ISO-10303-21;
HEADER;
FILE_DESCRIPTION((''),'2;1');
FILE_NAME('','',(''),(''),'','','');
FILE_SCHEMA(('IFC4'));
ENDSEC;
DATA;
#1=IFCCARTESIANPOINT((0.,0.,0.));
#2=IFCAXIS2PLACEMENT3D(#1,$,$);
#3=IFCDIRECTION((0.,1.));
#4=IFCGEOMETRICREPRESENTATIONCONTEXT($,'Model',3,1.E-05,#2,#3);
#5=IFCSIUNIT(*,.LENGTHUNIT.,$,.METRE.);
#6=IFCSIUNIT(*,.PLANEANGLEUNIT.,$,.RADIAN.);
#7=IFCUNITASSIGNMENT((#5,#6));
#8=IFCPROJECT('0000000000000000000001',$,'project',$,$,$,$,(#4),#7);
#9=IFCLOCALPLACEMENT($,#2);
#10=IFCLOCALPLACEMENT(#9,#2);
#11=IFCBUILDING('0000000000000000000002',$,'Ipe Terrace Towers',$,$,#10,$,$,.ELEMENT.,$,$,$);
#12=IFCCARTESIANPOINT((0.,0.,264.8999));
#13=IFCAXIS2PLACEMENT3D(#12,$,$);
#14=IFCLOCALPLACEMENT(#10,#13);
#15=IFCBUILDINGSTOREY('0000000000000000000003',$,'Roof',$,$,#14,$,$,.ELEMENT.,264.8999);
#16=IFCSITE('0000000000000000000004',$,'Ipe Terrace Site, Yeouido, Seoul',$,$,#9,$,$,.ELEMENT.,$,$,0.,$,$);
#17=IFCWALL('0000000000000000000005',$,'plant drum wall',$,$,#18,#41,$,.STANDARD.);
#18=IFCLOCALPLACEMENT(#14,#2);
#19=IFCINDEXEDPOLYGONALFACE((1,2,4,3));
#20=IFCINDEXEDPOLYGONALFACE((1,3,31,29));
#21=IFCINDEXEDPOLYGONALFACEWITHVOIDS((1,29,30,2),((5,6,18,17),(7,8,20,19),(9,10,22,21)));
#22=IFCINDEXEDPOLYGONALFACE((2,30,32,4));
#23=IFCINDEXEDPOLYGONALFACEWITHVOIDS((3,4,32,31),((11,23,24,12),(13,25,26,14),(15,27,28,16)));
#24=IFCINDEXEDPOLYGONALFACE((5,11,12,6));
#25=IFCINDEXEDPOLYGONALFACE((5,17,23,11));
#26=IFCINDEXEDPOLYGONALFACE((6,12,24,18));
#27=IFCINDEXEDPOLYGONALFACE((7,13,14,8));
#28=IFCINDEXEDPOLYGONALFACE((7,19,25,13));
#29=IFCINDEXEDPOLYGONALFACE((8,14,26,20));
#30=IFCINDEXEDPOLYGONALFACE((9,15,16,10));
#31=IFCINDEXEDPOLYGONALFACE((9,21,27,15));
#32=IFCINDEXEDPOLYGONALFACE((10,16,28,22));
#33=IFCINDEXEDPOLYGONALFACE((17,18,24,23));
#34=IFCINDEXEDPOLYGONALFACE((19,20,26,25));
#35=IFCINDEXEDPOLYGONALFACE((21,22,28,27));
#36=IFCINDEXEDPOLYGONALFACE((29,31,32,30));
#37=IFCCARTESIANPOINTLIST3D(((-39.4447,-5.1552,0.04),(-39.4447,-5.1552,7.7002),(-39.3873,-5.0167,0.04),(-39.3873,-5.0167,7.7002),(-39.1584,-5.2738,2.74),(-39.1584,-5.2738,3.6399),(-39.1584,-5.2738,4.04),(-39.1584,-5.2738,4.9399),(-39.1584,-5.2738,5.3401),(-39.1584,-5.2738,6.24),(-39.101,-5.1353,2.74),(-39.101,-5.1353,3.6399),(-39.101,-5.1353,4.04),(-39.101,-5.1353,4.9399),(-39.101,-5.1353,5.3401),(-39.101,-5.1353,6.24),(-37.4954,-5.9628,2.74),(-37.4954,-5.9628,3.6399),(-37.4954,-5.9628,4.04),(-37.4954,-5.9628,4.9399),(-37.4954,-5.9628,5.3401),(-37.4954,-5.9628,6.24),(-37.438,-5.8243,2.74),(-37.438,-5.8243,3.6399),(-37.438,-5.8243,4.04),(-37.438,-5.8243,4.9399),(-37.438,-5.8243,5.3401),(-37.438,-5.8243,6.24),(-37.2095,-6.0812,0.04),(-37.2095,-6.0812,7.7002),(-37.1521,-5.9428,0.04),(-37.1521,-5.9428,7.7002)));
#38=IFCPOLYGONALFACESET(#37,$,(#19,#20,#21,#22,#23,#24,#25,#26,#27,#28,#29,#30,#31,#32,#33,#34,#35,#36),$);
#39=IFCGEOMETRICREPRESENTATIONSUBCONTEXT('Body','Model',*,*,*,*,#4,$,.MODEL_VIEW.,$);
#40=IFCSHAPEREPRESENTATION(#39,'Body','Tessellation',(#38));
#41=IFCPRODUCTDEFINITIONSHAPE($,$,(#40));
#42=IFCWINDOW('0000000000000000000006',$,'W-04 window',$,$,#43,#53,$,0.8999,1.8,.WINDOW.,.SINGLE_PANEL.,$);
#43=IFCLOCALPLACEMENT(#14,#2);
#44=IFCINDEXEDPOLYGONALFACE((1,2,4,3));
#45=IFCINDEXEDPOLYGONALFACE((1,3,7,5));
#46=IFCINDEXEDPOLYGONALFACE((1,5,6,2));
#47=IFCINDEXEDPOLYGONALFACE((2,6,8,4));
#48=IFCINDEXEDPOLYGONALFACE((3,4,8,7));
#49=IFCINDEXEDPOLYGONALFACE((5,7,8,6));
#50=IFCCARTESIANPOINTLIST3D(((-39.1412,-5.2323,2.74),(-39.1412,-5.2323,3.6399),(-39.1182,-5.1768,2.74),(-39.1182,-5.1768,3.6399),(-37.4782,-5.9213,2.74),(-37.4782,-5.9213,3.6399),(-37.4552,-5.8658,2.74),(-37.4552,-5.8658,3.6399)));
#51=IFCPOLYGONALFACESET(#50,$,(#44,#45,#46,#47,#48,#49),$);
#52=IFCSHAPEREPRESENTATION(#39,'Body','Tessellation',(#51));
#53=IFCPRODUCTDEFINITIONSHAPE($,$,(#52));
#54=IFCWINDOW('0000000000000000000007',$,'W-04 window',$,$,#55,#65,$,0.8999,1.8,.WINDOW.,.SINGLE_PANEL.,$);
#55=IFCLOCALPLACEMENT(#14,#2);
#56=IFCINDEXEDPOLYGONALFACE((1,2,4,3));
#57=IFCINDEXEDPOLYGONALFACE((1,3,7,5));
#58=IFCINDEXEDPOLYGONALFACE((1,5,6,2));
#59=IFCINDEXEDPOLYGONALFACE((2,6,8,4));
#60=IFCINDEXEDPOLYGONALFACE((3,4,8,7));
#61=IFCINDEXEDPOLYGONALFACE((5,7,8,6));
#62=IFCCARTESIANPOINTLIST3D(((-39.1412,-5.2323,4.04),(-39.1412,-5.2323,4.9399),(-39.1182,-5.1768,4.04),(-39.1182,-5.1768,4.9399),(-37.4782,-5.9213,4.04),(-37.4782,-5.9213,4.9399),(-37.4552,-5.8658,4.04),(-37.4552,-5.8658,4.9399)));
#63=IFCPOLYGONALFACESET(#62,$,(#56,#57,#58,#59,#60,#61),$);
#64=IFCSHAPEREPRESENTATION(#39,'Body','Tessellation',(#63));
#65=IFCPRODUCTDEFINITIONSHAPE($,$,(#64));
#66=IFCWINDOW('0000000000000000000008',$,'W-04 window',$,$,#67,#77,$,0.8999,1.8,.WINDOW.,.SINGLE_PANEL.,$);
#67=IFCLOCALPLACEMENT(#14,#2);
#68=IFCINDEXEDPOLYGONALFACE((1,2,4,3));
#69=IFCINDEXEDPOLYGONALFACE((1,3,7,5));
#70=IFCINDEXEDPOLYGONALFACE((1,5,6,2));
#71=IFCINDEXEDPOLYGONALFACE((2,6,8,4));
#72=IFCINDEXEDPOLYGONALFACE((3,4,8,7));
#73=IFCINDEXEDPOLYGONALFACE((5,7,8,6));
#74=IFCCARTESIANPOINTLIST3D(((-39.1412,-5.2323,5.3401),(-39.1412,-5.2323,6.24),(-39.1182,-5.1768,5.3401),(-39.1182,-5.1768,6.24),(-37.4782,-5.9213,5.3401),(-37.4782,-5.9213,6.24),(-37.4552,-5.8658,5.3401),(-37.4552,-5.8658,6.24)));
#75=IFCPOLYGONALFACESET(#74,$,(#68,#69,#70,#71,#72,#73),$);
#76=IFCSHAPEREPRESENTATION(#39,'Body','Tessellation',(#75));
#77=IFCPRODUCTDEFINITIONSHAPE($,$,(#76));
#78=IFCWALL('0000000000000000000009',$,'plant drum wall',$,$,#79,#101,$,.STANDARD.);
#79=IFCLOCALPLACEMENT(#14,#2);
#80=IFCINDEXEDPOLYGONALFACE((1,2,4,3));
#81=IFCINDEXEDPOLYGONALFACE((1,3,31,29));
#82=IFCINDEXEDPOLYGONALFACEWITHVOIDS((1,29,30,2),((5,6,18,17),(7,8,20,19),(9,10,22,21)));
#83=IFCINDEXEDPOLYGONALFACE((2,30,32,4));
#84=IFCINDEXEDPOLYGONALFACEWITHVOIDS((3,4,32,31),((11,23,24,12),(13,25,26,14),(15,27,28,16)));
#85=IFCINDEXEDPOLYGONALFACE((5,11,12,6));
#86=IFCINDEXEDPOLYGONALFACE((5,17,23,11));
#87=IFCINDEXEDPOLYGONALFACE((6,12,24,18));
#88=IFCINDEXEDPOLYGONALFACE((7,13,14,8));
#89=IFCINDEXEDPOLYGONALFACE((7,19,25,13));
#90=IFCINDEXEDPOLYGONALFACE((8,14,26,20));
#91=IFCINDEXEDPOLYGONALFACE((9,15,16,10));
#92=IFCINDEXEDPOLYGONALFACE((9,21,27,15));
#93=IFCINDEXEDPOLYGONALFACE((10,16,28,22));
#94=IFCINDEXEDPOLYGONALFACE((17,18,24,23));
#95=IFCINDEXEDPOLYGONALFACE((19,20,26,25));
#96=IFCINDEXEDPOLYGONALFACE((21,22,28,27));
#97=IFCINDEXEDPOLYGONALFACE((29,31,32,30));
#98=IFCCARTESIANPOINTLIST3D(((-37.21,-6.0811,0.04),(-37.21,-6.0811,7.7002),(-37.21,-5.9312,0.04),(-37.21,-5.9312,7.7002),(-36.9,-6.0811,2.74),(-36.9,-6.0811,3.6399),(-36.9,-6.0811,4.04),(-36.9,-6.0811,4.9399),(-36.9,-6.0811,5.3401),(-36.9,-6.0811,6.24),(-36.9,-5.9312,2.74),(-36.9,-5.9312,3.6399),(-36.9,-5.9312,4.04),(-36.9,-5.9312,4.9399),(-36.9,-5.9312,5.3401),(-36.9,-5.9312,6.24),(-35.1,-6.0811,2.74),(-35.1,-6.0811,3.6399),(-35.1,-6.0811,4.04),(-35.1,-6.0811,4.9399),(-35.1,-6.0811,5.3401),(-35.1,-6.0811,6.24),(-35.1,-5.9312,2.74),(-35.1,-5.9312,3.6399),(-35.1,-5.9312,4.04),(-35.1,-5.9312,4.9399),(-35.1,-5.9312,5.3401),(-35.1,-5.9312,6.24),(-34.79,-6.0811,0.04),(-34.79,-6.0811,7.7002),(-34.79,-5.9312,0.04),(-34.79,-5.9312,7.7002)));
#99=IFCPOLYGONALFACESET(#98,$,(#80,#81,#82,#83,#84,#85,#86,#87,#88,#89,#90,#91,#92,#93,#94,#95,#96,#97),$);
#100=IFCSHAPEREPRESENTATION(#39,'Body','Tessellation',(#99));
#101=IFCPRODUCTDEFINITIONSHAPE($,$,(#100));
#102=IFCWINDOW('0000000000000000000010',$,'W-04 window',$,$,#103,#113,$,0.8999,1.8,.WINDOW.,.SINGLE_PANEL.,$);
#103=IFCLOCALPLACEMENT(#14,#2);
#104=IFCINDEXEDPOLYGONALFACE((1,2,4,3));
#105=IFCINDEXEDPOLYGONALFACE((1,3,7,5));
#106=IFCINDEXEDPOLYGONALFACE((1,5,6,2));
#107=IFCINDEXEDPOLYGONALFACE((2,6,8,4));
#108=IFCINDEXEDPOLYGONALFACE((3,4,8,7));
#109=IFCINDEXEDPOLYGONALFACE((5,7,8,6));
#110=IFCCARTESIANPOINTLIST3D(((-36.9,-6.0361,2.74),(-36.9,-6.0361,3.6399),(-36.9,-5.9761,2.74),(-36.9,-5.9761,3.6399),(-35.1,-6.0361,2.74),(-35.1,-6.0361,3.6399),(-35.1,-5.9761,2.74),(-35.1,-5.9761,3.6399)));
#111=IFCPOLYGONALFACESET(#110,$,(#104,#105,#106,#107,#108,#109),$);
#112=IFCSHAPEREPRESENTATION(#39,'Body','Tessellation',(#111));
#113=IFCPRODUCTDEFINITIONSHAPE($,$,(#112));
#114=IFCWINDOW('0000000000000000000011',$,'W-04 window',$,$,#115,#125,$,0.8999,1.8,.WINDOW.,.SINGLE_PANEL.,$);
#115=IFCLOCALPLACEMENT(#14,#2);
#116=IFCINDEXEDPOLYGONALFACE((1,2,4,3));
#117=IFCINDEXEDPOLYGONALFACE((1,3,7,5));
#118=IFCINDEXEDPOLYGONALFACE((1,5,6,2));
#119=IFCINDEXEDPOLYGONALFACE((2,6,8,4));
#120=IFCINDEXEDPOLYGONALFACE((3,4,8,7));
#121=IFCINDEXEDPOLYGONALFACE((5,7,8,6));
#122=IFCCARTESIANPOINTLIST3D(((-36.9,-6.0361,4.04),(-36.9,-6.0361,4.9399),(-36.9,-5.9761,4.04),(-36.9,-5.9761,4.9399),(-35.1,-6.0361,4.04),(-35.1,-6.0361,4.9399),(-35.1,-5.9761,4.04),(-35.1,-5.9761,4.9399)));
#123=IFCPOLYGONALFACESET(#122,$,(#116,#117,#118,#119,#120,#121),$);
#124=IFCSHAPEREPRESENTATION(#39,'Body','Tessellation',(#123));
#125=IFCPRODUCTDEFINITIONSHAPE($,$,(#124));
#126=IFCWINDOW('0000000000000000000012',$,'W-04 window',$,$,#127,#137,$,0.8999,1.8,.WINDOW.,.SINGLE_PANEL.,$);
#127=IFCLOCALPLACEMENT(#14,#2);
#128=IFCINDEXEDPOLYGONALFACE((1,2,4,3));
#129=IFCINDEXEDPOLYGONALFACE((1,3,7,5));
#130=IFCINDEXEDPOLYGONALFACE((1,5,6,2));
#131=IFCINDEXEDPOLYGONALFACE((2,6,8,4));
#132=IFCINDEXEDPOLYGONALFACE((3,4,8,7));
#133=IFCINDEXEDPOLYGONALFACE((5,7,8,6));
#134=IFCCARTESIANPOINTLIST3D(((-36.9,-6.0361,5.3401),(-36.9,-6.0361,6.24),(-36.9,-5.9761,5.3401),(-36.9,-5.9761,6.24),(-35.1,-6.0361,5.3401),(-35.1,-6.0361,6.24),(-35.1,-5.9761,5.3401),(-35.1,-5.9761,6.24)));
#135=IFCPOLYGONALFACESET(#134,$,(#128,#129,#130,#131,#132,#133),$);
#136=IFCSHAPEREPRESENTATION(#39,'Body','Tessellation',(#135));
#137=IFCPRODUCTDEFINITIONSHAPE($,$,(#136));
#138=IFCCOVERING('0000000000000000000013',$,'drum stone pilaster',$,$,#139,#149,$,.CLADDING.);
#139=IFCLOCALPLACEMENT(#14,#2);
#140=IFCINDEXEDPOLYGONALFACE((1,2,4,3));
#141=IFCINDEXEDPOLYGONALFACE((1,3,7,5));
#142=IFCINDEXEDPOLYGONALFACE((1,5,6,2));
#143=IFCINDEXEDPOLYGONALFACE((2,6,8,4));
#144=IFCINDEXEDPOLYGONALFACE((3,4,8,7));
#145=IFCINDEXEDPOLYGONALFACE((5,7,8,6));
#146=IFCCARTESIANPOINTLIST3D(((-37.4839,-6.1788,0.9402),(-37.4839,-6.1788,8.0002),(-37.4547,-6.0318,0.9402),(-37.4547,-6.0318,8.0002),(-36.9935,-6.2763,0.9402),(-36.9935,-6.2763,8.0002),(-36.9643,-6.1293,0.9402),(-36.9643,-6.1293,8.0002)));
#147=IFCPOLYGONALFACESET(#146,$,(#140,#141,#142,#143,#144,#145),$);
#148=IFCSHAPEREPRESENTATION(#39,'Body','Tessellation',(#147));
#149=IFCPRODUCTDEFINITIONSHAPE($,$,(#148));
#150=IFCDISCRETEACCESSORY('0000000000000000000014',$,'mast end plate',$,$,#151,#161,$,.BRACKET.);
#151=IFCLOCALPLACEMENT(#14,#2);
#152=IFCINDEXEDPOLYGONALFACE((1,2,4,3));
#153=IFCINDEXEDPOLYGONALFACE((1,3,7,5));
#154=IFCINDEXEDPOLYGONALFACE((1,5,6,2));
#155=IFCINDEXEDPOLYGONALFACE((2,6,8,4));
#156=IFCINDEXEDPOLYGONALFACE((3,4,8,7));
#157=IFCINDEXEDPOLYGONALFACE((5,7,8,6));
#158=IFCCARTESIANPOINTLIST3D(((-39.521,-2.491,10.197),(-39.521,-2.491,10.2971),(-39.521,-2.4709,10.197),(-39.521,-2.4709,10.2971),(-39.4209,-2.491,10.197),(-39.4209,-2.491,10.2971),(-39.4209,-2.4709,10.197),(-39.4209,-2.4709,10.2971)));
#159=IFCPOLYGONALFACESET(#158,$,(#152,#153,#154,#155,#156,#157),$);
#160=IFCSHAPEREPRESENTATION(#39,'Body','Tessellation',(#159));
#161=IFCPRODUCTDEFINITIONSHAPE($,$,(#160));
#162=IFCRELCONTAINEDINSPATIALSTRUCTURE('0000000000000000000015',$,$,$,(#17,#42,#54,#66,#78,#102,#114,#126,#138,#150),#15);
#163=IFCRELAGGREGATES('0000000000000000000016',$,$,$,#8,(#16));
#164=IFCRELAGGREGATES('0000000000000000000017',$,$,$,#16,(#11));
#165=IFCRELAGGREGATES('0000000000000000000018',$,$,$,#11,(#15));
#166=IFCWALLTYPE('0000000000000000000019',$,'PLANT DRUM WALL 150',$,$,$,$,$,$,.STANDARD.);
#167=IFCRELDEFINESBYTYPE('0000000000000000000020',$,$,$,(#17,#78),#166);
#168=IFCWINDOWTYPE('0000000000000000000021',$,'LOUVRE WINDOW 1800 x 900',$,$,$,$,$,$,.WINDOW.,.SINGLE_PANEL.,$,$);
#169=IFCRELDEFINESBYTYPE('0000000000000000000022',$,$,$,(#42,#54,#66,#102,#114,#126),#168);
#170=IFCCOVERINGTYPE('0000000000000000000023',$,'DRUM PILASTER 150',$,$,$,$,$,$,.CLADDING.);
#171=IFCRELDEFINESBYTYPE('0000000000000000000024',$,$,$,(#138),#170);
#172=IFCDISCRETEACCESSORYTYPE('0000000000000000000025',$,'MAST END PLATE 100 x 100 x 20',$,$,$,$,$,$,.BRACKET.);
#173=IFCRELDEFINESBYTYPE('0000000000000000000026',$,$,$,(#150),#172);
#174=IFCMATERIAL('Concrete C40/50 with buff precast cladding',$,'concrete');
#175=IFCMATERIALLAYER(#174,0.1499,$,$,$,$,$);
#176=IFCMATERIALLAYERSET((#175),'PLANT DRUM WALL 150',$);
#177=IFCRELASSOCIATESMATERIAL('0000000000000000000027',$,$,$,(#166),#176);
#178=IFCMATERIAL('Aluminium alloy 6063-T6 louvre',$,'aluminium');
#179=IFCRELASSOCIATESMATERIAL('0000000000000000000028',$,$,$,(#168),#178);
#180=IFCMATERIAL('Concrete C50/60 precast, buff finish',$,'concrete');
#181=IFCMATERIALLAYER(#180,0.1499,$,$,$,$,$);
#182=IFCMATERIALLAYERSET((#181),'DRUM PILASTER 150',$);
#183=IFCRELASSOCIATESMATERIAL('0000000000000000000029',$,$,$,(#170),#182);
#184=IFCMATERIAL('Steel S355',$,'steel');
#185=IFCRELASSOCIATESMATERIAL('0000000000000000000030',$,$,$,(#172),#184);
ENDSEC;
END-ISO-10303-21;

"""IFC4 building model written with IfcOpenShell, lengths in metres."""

from ifc_helpers import new_model, si_unit, direction, frame, frame_2d, origin, origin_2d, place, context, subcontext, project, spatial, rectangle, extrude, material, layer, layer_set, material_profile, profile_set, type_object, element, fill, save


model = new_model("IFC4")

# Units and contexts
model_context = context("Model", 3, precision=1e-05, world=origin(), true_north=direction((0.0, 1.0)))
body_context = subcontext(model_context, "Body", "Model", "MODEL_VIEW")
ifc_project = project(units=[si_unit("LENGTHUNIT", "METRE"), si_unit("PLANEANGLEUNIT", "RADIAN")], contexts=[model_context])

# Site, building, storey
site_placement = place(None, origin())
site = spatial("IfcSite", under=ifc_project, at=site_placement, Name="Ipe Terrace Site, Yeouido, Seoul", CompositionType="ELEMENT", RefElevation=0.0)
building_placement = place(site_placement, origin())
building = spatial("IfcBuilding", under=site, at=building_placement, Name="Ipe Terrace Towers", CompositionType="ELEMENT")
storey_placement = place(building_placement, frame((0.0, 0.0, 264.8999)))
storey = spatial("IfcBuildingStorey", under=building, at=storey_placement, Name="Roof", CompositionType="ELEMENT", Elevation=264.8999)

# Walls, openings, windows
ifc_material_1 = material(Name="Concrete C40/50 with buff precast cladding", Category="concrete")
ifc_layer_1 = layer(ifc_material_1, 0.1499)
ifc_layer_set_1 = layer_set([ifc_layer_1], Name="PLANT DRUM WALL 150")
wall_type = type_object("IfcWallType", Name="PLANT DRUM WALL 150", PredefinedType="STANDARD", material=ifc_layer_set_1)
wall_1_placement = place(storey_placement, frame((-39.416, -5.0859, 0.04), z_axis=(0.0, 0.0, 1.0), x_axis=(0.923848, -0.382759, 0.0)))
wall_1 = element("IfcWall", 1, at=wall_1_placement, inside=storey, type_object=wall_type, Name="plant drum wall", PredefinedType="STANDARD", context=body_context, shape_type="SweptSolid", body=[
    extrude(rectangle(XDim=2.4194, YDim=0.1499, at=frame_2d((1.2097, 0.0))), origin(), (0.0, 0.0, 1.0), 7.6602),
])
opening_1_placement = place(wall_1_placement, frame((0.3101, 0.0, 2.7)))
opening_1 = element("IfcOpeningElement", 2, at=opening_1_placement, cuts=wall_1, PredefinedType="OPENING", context=body_context, shape_type="SweptSolid", body=[
    extrude(rectangle(XDim=1.8, YDim=0.8999, at=frame_2d((0.8999, 0.45))), frame((0.0, 0.085, 0.0), z_axis=(0.0, -1.0, 0.0), x_axis=(1.0, 0.0, 0.0)), (0.0, 0.0, 1.0), 0.1699),
])
opening_2_placement = place(wall_1_placement, frame((0.3101, 0.0, 4.0)))
opening_2 = element("IfcOpeningElement", 3, at=opening_2_placement, cuts=wall_1, PredefinedType="OPENING", context=body_context, shape_type="SweptSolid", body=[
    extrude(rectangle(XDim=1.8, YDim=0.8999, at=frame_2d((0.8999, 0.45))), frame((0.0, 0.085, 0.0), z_axis=(0.0, -1.0, 0.0), x_axis=(1.0, 0.0, 0.0)), (0.0, 0.0, 1.0), 0.1699),
])
opening_3_placement = place(wall_1_placement, frame((0.3101, 0.0, 5.3)))
opening_3 = element("IfcOpeningElement", 4, at=opening_3_placement, cuts=wall_1, PredefinedType="OPENING", context=body_context, shape_type="SweptSolid", body=[
    extrude(rectangle(XDim=1.8, YDim=0.8999, at=frame_2d((0.8999, 0.45))), frame((0.0, 0.085, 0.0), z_axis=(0.0, -1.0, 0.0), x_axis=(1.0, 0.0, 0.0)), (0.0, 0.0, 1.0), 0.1699),
])
ifc_material_2 = material(Name="Aluminium alloy 6063-T6 louvre", Category="aluminium")
window_type = type_object("IfcWindowType", Name="LOUVRE WINDOW 1800 x 900", PartitioningType="SINGLE_PANEL", PredefinedType="WINDOW", material=ifc_material_2)
window_1_placement = place(opening_1_placement, origin())
window_1 = element("IfcWindow", 5, at=window_1_placement, inside=storey, type_object=window_type, Name="W-04 window", OverallHeight=0.8999, OverallWidth=1.8, PartitioningType="SINGLE_PANEL", PredefinedType="WINDOW", context=body_context, shape_type="SweptSolid", body=[
    extrude(rectangle(XDim=1.8, YDim=0.8999, at=frame_2d((0.8999, 0.45))), frame((0.0, 0.03, 0.0), z_axis=(0.0, -1.0, 0.0), x_axis=(1.0, 0.0, 0.0)), (0.0, 0.0, 1.0), 0.0601),
])
fill(opening_1, window_1)
window_2_placement = place(opening_2_placement, origin())
window_2 = element("IfcWindow", 6, at=window_2_placement, inside=storey, type_object=window_type, Name="W-04 window", OverallHeight=0.8999, OverallWidth=1.8, PartitioningType="SINGLE_PANEL", PredefinedType="WINDOW", context=body_context, shape_type="SweptSolid", body=[
    extrude(rectangle(XDim=1.8, YDim=0.8999, at=frame_2d((0.8999, 0.45))), frame((0.0, 0.03, 0.0), z_axis=(0.0, -1.0, 0.0), x_axis=(1.0, 0.0, 0.0)), (0.0, 0.0, 1.0), 0.0601),
])
fill(opening_2, window_2)
window_3_placement = place(opening_3_placement, origin())
window_3 = element("IfcWindow", 7, at=window_3_placement, inside=storey, type_object=window_type, Name="W-04 window", OverallHeight=0.8999, OverallWidth=1.8, PartitioningType="SINGLE_PANEL", PredefinedType="WINDOW", context=body_context, shape_type="SweptSolid", body=[
    extrude(rectangle(XDim=1.8, YDim=0.8999, at=frame_2d((0.8999, 0.45))), frame((0.0, 0.03, 0.0), z_axis=(0.0, -1.0, 0.0), x_axis=(1.0, 0.0, 0.0)), (0.0, 0.0, 1.0), 0.0601),
])
fill(opening_3, window_3)
wall_2_placement = place(storey_placement, frame((-37.21, -6.0061, 0.04), z_axis=(0.0, 0.0, 1.0), x_axis=(1.0, 0.0, 0.0)))
wall_2 = element("IfcWall", 8, at=wall_2_placement, inside=storey, type_object=wall_type, Name="plant drum wall", PredefinedType="STANDARD", context=body_context, shape_type="SweptSolid", body=[
    extrude(rectangle(XDim=2.4199, YDim=0.1499, at=frame_2d((1.21, 0.0))), origin(), (0.0, 0.0, 1.0), 7.6602),
])
opening_4_placement = place(wall_2_placement, frame((0.3101, 0.0, 2.7)))
opening_4 = element("IfcOpeningElement", 9, at=opening_4_placement, cuts=wall_2, PredefinedType="OPENING", context=body_context, shape_type="SweptSolid", body=[
    extrude(rectangle(XDim=1.8, YDim=0.8999, at=frame_2d((0.8999, 0.45))), frame((0.0, 0.085, 0.0), z_axis=(0.0, -1.0, 0.0), x_axis=(1.0, 0.0, 0.0)), (0.0, 0.0, 1.0), 0.1699),
])
opening_5_placement = place(wall_2_placement, frame((0.3101, 0.0, 4.0)))
opening_5 = element("IfcOpeningElement", 10, at=opening_5_placement, cuts=wall_2, PredefinedType="OPENING", context=body_context, shape_type="SweptSolid", body=[
    extrude(rectangle(XDim=1.8, YDim=0.8999, at=frame_2d((0.8999, 0.45))), frame((0.0, 0.085, 0.0), z_axis=(0.0, -1.0, 0.0), x_axis=(1.0, 0.0, 0.0)), (0.0, 0.0, 1.0), 0.1699),
])
opening_6_placement = place(wall_2_placement, frame((0.3101, 0.0, 5.3)))
opening_6 = element("IfcOpeningElement", 11, at=opening_6_placement, cuts=wall_2, PredefinedType="OPENING", context=body_context, shape_type="SweptSolid", body=[
    extrude(rectangle(XDim=1.8, YDim=0.8999, at=frame_2d((0.8999, 0.45))), frame((0.0, 0.085, 0.0), z_axis=(0.0, -1.0, 0.0), x_axis=(1.0, 0.0, 0.0)), (0.0, 0.0, 1.0), 0.1699),
])
window_4_placement = place(opening_4_placement, origin())
window_4 = element("IfcWindow", 12, at=window_4_placement, inside=storey, type_object=window_type, Name="W-04 window", OverallHeight=0.8999, OverallWidth=1.8, PartitioningType="SINGLE_PANEL", PredefinedType="WINDOW", context=body_context, shape_type="SweptSolid", body=[
    extrude(rectangle(XDim=1.8, YDim=0.8999, at=frame_2d((0.8999, 0.45))), frame((0.0, 0.03, 0.0), z_axis=(0.0, -1.0, 0.0), x_axis=(1.0, 0.0, 0.0)), (0.0, 0.0, 1.0), 0.0601),
])
fill(opening_4, window_4)
window_5_placement = place(opening_5_placement, origin())
window_5 = element("IfcWindow", 13, at=window_5_placement, inside=storey, type_object=window_type, Name="W-04 window", OverallHeight=0.8999, OverallWidth=1.8, PartitioningType="SINGLE_PANEL", PredefinedType="WINDOW", context=body_context, shape_type="SweptSolid", body=[
    extrude(rectangle(XDim=1.8, YDim=0.8999, at=frame_2d((0.8999, 0.45))), frame((0.0, 0.03, 0.0), z_axis=(0.0, -1.0, 0.0), x_axis=(1.0, 0.0, 0.0)), (0.0, 0.0, 1.0), 0.0601),
])
fill(opening_5, window_5)
window_6_placement = place(opening_6_placement, origin())
window_6 = element("IfcWindow", 14, at=window_6_placement, inside=storey, type_object=window_type, Name="W-04 window", OverallHeight=0.8999, OverallWidth=1.8, PartitioningType="SINGLE_PANEL", PredefinedType="WINDOW", context=body_context, shape_type="SweptSolid", body=[
    extrude(rectangle(XDim=1.8, YDim=0.8999, at=frame_2d((0.8999, 0.45))), frame((0.0, 0.03, 0.0), z_axis=(0.0, -1.0, 0.0), x_axis=(1.0, 0.0, 0.0)), (0.0, 0.0, 1.0), 0.0601),
])
fill(opening_6, window_6)

# Covering
ifc_material_3 = material(Name="Concrete C50/60 precast, buff finish", Category="concrete")
ifc_layer_2 = layer(ifc_material_3, 0.1499)
ifc_layer_set_2 = layer_set([ifc_layer_2], Name="DRUM PILASTER 150")
covering_type = type_object("IfcCoveringType", Name="DRUM PILASTER 150", PredefinedType="CLADDING", material=ifc_layer_set_2)
covering_placement = place(storey_placement, frame((-37.2241, -6.1541, 0.9402), z_axis=(0.0, 0.0, 1.0), x_axis=(-0.19509, -0.980785, 0.0)))
element("IfcCovering", 15, at=covering_placement, inside=storey, type_object=covering_type, Name="drum stone pilaster", PredefinedType="CLADDING", context=body_context, shape_type="SweptSolid", body=[
    extrude(rectangle(XDim=0.1499, YDim=0.5, at=origin_2d()), origin(), (0.0, 0.0, 1.0), 7.0601),
])

# Discrete accessory
ifc_material_4 = material(Name="Steel S355", Category="steel")
ifc_material_profile_1 = material_profile(ifc_material_4, rectangle(XDim=0.1001, YDim=0.1001, at=origin_2d()), Name="MAST END PLATE 100 x 100 x 20")
ifc_profile_set_1 = profile_set([ifc_material_profile_1], Name="Steel S355")
discrete_accessory_type = type_object("IfcDiscreteAccessoryType", Name="MAST END PLATE 100 x 100 x 20", PredefinedType="BRACKET", material=ifc_profile_set_1)
discrete_accessory_placement = place(storey_placement, frame((-39.4709, -2.4709, 10.2471), z_axis=(0.0, -1.0, 0.0), x_axis=(1.0, 0.0, 0.0)))
element("IfcDiscreteAccessory", 16, at=discrete_accessory_placement, inside=storey, type_object=discrete_accessory_type, Name="mast end plate", PredefinedType="BRACKET", context=body_context, shape_type="SweptSolid", body=[
    extrude(rectangle(XDim=0.1001, YDim=0.1001, at=origin_2d()), origin(), (0.0, 0.0, 1.0), 0.02),
])

save(model, "model.ifc")
